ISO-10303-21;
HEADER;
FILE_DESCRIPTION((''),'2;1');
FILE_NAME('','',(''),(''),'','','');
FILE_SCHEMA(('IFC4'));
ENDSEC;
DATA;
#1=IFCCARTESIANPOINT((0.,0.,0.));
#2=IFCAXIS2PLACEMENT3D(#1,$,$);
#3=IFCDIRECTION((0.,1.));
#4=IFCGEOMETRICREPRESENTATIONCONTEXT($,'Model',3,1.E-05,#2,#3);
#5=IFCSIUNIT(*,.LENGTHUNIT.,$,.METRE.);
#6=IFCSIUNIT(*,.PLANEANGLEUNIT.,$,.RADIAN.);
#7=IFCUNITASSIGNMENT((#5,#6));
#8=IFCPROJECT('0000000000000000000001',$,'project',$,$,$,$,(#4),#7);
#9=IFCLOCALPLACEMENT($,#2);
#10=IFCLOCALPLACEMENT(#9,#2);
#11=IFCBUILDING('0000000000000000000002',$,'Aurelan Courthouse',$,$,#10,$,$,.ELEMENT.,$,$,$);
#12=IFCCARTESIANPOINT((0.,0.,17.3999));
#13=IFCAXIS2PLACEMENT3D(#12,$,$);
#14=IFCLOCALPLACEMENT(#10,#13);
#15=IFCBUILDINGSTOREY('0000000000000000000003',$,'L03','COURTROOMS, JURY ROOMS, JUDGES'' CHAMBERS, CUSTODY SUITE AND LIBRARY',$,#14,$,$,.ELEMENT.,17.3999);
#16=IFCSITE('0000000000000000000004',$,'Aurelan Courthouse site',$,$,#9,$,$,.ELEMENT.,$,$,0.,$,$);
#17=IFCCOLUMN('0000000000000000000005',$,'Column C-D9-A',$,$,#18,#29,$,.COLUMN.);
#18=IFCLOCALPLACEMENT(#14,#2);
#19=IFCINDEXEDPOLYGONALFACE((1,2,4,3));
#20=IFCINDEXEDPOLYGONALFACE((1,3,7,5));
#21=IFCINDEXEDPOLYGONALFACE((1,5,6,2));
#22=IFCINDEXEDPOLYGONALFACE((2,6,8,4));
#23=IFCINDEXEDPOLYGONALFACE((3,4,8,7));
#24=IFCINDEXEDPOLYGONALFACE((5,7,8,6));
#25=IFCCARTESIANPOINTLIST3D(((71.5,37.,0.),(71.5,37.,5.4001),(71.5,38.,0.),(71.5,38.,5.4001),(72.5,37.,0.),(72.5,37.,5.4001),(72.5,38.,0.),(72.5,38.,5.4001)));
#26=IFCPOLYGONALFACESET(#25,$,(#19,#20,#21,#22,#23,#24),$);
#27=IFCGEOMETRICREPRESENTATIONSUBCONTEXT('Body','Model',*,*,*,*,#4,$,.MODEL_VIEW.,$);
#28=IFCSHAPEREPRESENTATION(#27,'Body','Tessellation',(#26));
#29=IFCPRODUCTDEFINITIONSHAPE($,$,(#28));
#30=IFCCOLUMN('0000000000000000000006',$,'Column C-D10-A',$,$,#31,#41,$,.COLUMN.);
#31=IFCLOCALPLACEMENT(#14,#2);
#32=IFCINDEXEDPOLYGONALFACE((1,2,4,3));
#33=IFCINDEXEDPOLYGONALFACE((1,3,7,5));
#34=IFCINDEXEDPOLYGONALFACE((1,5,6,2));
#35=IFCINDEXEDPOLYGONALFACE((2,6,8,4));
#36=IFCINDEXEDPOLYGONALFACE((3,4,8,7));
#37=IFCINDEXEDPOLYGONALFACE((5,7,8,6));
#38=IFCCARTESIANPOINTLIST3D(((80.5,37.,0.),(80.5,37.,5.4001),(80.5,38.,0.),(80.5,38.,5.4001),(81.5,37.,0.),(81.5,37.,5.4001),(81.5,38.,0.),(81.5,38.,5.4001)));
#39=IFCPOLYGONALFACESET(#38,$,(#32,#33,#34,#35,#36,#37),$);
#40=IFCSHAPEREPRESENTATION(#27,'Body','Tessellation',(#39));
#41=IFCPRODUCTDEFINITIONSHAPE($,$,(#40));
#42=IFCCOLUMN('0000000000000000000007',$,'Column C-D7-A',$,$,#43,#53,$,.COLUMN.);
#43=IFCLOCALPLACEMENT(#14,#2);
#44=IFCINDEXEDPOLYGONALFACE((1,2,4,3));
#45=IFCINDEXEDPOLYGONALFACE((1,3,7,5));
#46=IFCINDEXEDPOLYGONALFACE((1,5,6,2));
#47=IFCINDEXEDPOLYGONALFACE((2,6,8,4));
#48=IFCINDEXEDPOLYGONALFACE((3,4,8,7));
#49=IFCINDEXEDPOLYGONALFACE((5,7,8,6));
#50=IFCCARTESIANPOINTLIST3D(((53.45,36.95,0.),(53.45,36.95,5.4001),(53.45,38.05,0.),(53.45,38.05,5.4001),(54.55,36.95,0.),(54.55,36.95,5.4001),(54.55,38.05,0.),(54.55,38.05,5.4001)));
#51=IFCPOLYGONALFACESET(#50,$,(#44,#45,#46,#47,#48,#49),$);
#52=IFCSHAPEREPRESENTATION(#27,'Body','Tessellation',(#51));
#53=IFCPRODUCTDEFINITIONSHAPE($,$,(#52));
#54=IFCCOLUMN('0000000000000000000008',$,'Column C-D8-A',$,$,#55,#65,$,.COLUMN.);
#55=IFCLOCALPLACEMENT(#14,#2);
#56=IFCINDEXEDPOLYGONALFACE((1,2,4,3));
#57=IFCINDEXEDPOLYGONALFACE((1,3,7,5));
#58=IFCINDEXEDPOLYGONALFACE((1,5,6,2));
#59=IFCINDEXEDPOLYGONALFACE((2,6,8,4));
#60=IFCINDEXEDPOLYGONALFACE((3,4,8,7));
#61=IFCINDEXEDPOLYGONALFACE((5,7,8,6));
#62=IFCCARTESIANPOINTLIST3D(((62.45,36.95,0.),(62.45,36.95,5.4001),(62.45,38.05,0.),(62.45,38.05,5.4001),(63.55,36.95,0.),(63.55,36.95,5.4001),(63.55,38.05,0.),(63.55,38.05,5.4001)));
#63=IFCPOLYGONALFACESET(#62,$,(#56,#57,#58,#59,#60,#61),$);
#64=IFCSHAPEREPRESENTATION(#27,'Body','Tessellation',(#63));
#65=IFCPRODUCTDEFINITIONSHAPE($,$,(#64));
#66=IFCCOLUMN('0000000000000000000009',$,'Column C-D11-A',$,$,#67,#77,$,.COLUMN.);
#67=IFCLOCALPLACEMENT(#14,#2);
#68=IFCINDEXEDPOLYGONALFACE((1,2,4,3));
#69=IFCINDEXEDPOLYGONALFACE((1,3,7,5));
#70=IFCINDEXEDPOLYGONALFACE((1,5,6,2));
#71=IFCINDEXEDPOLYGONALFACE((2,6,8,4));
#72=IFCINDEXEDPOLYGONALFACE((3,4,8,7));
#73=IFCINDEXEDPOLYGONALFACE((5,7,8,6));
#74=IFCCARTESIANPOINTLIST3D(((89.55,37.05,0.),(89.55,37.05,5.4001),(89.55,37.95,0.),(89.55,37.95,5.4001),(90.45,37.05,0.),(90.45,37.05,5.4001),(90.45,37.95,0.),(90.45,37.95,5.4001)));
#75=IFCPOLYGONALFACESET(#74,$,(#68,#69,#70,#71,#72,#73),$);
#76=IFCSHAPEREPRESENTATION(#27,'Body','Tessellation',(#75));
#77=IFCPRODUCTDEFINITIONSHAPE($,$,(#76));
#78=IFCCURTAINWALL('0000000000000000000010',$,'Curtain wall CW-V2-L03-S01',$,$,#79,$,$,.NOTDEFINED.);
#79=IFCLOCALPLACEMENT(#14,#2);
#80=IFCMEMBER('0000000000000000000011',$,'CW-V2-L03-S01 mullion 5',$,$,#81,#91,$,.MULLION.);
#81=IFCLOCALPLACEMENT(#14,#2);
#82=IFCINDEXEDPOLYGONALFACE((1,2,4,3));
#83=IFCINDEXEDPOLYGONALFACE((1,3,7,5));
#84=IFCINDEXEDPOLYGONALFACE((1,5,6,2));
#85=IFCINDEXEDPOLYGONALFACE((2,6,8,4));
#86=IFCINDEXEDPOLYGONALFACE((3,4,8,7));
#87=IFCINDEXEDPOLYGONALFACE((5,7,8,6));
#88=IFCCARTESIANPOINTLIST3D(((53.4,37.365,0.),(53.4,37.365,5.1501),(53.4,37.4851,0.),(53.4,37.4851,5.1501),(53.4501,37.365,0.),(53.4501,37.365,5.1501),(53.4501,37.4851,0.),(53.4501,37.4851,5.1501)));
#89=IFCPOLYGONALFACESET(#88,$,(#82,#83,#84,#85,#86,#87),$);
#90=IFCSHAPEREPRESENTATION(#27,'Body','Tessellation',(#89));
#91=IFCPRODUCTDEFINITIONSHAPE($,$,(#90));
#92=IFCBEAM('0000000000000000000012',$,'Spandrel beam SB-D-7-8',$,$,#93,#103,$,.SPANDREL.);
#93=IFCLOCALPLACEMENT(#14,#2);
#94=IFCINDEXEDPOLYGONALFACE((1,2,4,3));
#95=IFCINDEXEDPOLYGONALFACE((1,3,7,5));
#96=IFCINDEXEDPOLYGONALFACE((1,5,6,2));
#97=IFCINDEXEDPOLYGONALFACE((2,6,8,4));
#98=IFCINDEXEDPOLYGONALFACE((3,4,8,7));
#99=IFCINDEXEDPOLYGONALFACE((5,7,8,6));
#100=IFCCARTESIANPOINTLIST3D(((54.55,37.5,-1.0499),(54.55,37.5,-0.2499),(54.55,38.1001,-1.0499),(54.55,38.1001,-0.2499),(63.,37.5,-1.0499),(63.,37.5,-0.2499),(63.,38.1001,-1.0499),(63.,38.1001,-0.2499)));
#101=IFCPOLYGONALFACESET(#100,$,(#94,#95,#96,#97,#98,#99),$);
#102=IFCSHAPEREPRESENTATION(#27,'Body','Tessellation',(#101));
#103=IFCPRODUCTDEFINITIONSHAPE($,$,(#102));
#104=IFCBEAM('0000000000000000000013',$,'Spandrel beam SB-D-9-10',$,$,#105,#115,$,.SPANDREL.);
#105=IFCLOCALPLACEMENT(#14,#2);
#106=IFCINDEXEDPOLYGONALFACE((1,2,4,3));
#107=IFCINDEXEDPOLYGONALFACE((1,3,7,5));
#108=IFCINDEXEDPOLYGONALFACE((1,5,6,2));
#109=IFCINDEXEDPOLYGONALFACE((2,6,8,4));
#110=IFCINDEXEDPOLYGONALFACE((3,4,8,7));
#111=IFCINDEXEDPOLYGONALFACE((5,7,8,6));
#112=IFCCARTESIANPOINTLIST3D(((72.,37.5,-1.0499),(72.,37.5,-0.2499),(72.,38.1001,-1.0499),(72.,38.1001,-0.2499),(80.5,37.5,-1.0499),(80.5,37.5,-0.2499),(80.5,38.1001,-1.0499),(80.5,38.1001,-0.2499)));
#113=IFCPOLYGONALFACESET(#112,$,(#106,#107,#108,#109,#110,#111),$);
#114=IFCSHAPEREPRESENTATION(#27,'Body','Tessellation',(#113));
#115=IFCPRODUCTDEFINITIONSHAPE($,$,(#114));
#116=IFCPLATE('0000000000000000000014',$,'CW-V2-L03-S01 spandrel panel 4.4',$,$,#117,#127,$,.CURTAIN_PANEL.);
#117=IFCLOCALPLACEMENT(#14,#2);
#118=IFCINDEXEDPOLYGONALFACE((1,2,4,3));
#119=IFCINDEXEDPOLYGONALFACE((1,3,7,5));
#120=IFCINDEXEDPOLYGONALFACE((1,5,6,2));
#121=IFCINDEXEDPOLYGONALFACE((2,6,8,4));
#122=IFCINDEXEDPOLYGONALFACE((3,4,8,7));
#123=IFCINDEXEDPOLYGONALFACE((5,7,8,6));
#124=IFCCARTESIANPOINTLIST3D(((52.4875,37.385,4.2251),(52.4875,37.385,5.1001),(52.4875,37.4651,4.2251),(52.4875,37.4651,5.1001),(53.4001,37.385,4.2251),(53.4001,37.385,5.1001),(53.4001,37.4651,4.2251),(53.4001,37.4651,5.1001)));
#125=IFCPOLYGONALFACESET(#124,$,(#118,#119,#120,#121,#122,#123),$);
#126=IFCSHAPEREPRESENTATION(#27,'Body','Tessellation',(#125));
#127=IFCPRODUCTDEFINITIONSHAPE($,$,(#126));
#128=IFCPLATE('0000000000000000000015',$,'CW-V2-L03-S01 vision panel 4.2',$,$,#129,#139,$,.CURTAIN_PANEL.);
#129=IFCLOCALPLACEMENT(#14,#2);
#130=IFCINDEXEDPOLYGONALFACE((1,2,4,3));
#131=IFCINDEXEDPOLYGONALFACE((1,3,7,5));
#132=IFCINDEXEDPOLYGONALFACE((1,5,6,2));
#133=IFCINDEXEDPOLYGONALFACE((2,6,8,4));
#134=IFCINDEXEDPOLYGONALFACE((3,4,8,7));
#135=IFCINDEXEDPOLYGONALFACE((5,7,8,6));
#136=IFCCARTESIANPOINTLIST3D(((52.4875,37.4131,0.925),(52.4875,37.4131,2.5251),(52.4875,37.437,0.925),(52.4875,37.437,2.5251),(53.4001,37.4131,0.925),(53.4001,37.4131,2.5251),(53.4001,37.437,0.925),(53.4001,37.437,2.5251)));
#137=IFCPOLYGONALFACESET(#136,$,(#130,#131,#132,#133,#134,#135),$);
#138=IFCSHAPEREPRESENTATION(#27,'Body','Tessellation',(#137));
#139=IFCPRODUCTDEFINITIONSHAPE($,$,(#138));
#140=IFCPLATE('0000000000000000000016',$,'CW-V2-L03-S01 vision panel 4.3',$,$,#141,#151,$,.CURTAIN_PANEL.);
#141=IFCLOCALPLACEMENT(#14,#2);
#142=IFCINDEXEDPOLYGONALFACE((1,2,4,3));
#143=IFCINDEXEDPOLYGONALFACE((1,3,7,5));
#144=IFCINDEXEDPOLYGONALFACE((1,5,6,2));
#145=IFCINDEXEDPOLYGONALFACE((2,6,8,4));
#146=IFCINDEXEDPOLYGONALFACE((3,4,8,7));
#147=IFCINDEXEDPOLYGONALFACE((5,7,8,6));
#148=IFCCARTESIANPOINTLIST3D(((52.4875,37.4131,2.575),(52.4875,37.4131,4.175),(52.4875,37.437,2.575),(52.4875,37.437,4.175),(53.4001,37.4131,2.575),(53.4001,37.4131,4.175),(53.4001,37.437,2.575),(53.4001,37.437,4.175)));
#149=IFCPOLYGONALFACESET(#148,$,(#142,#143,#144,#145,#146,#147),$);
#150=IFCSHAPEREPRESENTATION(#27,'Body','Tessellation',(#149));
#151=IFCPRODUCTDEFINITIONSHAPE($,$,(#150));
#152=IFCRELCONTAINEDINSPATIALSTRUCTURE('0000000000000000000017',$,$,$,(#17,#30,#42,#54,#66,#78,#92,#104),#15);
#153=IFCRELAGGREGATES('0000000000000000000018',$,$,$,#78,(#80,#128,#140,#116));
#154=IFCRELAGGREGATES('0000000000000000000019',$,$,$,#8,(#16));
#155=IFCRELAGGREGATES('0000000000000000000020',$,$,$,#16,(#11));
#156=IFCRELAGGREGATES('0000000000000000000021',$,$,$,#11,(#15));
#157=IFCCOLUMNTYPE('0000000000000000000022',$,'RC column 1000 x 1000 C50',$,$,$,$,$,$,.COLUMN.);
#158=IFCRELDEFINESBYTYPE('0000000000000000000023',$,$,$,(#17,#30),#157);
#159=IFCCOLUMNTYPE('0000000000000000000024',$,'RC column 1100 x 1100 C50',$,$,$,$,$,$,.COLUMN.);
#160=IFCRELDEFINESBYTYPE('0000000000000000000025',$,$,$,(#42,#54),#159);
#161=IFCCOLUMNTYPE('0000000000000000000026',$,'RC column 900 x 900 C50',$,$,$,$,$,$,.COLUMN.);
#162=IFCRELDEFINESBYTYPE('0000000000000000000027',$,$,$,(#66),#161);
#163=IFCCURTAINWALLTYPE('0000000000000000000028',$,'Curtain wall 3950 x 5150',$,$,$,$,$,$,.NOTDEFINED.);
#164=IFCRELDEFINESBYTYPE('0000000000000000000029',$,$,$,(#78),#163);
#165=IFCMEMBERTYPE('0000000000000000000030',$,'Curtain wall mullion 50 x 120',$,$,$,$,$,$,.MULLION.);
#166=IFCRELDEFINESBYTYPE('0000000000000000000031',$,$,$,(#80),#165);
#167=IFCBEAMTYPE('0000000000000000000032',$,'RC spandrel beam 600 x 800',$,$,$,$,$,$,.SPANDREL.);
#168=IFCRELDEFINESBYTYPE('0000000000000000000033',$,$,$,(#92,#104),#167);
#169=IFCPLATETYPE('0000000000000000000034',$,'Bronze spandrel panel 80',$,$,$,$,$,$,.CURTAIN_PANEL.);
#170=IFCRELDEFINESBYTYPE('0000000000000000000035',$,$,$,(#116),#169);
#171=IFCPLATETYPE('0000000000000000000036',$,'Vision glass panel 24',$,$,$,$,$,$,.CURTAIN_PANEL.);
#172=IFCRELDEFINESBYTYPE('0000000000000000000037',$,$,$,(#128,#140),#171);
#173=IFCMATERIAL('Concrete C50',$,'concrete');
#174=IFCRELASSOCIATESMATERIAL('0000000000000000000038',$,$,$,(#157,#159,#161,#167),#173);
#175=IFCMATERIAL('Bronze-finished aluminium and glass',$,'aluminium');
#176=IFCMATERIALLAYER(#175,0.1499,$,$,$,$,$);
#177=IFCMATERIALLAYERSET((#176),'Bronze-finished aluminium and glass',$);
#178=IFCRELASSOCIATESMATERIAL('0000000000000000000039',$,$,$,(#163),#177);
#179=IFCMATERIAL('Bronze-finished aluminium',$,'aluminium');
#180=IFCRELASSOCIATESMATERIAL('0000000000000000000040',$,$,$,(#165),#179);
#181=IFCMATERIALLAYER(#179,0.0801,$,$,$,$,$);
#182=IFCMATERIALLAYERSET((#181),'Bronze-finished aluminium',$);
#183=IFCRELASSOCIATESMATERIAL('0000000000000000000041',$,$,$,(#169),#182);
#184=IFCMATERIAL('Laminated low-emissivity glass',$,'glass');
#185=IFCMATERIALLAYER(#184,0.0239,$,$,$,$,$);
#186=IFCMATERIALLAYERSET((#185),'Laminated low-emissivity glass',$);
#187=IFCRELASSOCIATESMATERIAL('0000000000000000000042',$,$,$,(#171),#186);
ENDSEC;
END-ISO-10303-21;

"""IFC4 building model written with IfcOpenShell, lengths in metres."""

from ifc_helpers import new_model, si_unit, direction, frame, origin, origin_2d, place, context, subcontext, project, spatial, rectangle, extrude, material, layer, layer_set, material_profile, profile_set, type_object, element, aggregate, save


model = new_model("IFC4")

# Units and contexts
model_context = context("Model", 3, precision=1e-05, world=origin(), true_north=direction((0.0, 1.0)))
body_context = subcontext(model_context, "Body", "Model", "MODEL_VIEW")
ifc_project = project(units=[si_unit("LENGTHUNIT", "METRE"), si_unit("PLANEANGLEUNIT", "RADIAN")], contexts=[model_context])

# Site, building, storey
site_placement = place(None, origin())
site = spatial("IfcSite", under=ifc_project, at=site_placement, Name="Aurelan Courthouse site", CompositionType="ELEMENT", RefElevation=0.0)
building_placement = place(site_placement, origin())
building = spatial("IfcBuilding", under=site, at=building_placement, Name="Aurelan Courthouse", CompositionType="ELEMENT")
storey_placement = place(building_placement, frame((0.0, 0.0, 17.3999)))
storey = spatial("IfcBuildingStorey", under=building, at=storey_placement, Name="L03", Description="COURTROOMS, JURY ROOMS, JUDGES' CHAMBERS, CUSTODY SUITE AND LIBRARY", CompositionType="ELEMENT", Elevation=17.3999)

# Columns
ifc_material_1 = material(Name="Concrete C50", Category="concrete")
ifc_material_profile_1 = material_profile(ifc_material_1, rectangle(XDim=1.0, YDim=1.0, at=origin_2d()), Name="RC 1000 x 1000")
ifc_profile_set_1 = profile_set([ifc_material_profile_1], Name="Concrete C50")
column_type_1 = type_object("IfcColumnType", Name="RC column 1000 x 1000 C50", PredefinedType="COLUMN", material=ifc_profile_set_1)
for number, where, z_axis, x_axis, name in (
    (1, (72.0, 37.5, 0.0), (0.0, 0.0, 1.0), (1.0, 0.0, 0.0), "Column C-D9-A"),
    (2, (81.0, 37.5, 0.0), (0.0, 0.0, 1.0), (1.0, 0.0, 0.0), "Column C-D10-A"),
):
    element("IfcColumn", number, at=place(storey_placement, frame(where, z_axis=z_axis, x_axis=x_axis)), inside=storey, type_object=column_type_1, Name=name, PredefinedType="COLUMN", context=body_context, shape_type="SweptSolid", body=[
        extrude(rectangle(XDim=1.0, YDim=1.0, at=origin_2d()), origin(), (0.0, 0.0, 1.0), 5.4001),
    ])
ifc_material_profile_2 = material_profile(ifc_material_1, rectangle(XDim=1.1001, YDim=1.1001, at=origin_2d()), Name="RC 1100 x 1100")
ifc_profile_set_2 = profile_set([ifc_material_profile_2], Name="Concrete C50")
column_type_2 = type_object("IfcColumnType", Name="RC column 1100 x 1100 C50", PredefinedType="COLUMN", material=ifc_profile_set_2)
for number, where, z_axis, x_axis, name in (
    (3, (54.0, 37.5, 0.0), (0.0, 0.0, 1.0), (1.0, 0.0, 0.0), "Column C-D7-A"),
    (4, (63.0, 37.5, 0.0), (0.0, 0.0, 1.0), (1.0, 0.0, 0.0), "Column C-D8-A"),
):
    element("IfcColumn", number, at=place(storey_placement, frame(where, z_axis=z_axis, x_axis=x_axis)), inside=storey, type_object=column_type_2, Name=name, PredefinedType="COLUMN", context=body_context, shape_type="SweptSolid", body=[
        extrude(rectangle(XDim=1.1001, YDim=1.1001, at=origin_2d()), origin(), (0.0, 0.0, 1.0), 5.4001),
    ])
ifc_material_profile_3 = material_profile(ifc_material_1, rectangle(XDim=0.8999, YDim=0.8999, at=origin_2d()), Name="RC 900 x 900")
ifc_profile_set_3 = profile_set([ifc_material_profile_3], Name="Concrete C50")
column_type_3 = type_object("IfcColumnType", Name="RC column 900 x 900 C50", PredefinedType="COLUMN", material=ifc_profile_set_3)
column_placement = place(storey_placement, frame((90.0, 37.5, 0.0), z_axis=(0.0, 0.0, 1.0), x_axis=(1.0, 0.0, 0.0)))
element("IfcColumn", 5, at=column_placement, inside=storey, type_object=column_type_3, Name="Column C-D11-A", PredefinedType="COLUMN", context=body_context, shape_type="SweptSolid", body=[
    extrude(rectangle(XDim=0.8999, YDim=0.8999, at=origin_2d()), origin(), (0.0, 0.0, 1.0), 5.4001),
])

# Curtain wall, member
ifc_material_2 = material(Name="Bronze-finished aluminium and glass", Category="aluminium")
ifc_layer_1 = layer(ifc_material_2, 0.1499)
ifc_layer_set_1 = layer_set([ifc_layer_1], Name="Bronze-finished aluminium and glass")
curtain_wall_type = type_object("IfcCurtainWallType", Name="Curtain wall 3950 x 5150", PredefinedType="NOTDEFINED", material=ifc_layer_set_1)
curtain_wall_placement = place(storey_placement, origin())
curtain_wall = element("IfcCurtainWall", 6, at=curtain_wall_placement, inside=storey, type_object=curtain_wall_type, Name="Curtain wall CW-V2-L03-S01", PredefinedType="NOTDEFINED")
ifc_material_3 = material(Name="Bronze-finished aluminium", Category="aluminium")
ifc_material_profile_4 = material_profile(ifc_material_3, rectangle(XDim=0.1201, YDim=0.05, at=origin_2d()), Name="Bronze mullion 50 x 120")
ifc_profile_set_4 = profile_set([ifc_material_profile_4], Name="Bronze-finished aluminium")
member_type = type_object("IfcMemberType", Name="Curtain wall mullion 50 x 120", PredefinedType="MULLION", material=ifc_profile_set_4)
member_placement = place(storey_placement, frame((53.425, 37.425, 0.0), z_axis=(0.0, 0.0, 1.0), x_axis=(0.0, 1.0, 0.0)))
member = element("IfcMember", 7, at=member_placement, type_object=member_type, Name="CW-V2-L03-S01 mullion 5", PredefinedType="MULLION", context=body_context, shape_type="SweptSolid", body=[
    extrude(rectangle(XDim=0.1201, YDim=0.05, at=origin_2d()), origin(), (0.0, 0.0, 1.0), 5.1501),
])

# Beams
ifc_material_profile_5 = material_profile(ifc_material_1, rectangle(XDim=0.6001, YDim=0.8, at=origin_2d()), Name="RC 600 x 800")
ifc_profile_set_5 = profile_set([ifc_material_profile_5], Name="Concrete C50")
beam_type = type_object("IfcBeamType", Name="RC spandrel beam 600 x 800", PredefinedType="SPANDREL", material=ifc_profile_set_5)
beam_1_placement = place(storey_placement, frame((54.55, 37.8, -0.6499), z_axis=(1.0, 0.0, 0.0), x_axis=(0.0, 1.0, 0.0)))
element("IfcBeam", 8, at=beam_1_placement, inside=storey, type_object=beam_type, Name="Spandrel beam SB-D-7-8", PredefinedType="SPANDREL", context=body_context, shape_type="SweptSolid", body=[
    extrude(rectangle(XDim=0.6001, YDim=0.8, at=origin_2d()), origin(), (0.0, 0.0, 1.0), 8.45),
])
beam_2_placement = place(storey_placement, frame((72.0, 37.8, -0.6499), z_axis=(1.0, 0.0, 0.0), x_axis=(0.0, 1.0, 0.0)))
element("IfcBeam", 9, at=beam_2_placement, inside=storey, type_object=beam_type, Name="Spandrel beam SB-D-9-10", PredefinedType="SPANDREL", context=body_context, shape_type="SweptSolid", body=[
    extrude(rectangle(XDim=0.6001, YDim=0.8, at=origin_2d()), origin(), (0.0, 0.0, 1.0), 8.5),
])

# Plates
ifc_layer_2 = layer(ifc_material_3, 0.0801)
ifc_layer_set_2 = layer_set([ifc_layer_2], Name="Bronze-finished aluminium")
plate_type_1 = type_object("IfcPlateType", Name="Bronze spandrel panel 80", PredefinedType="CURTAIN_PANEL", material=ifc_layer_set_2)
plate_1_placement = place(storey_placement, frame((52.9438, 37.425, 4.2251), z_axis=(0.0, 0.0, 1.0), x_axis=(1.0, 0.0, 0.0)))
plate_1 = element("IfcPlate", 10, at=plate_1_placement, type_object=plate_type_1, Name="CW-V2-L03-S01 spandrel panel 4.4", PredefinedType="CURTAIN_PANEL", context=body_context, shape_type="SweptSolid", body=[
    extrude(rectangle(XDim=0.9126, YDim=0.0801, at=origin_2d()), origin(), (0.0, 0.0, 1.0), 0.875),
])
ifc_material_4 = material(Name="Laminated low-emissivity glass", Category="glass")
ifc_layer_3 = layer(ifc_material_4, 0.0239)
ifc_layer_set_3 = layer_set([ifc_layer_3], Name="Laminated low-emissivity glass")
plate_type_2 = type_object("IfcPlateType", Name="Vision glass panel 24", PredefinedType="CURTAIN_PANEL", material=ifc_layer_set_3)
plate_2_placement = place(storey_placement, frame((52.9438, 37.425, 0.925), z_axis=(0.0, 0.0, 1.0), x_axis=(1.0, 0.0, 0.0)))
plate_2 = element("IfcPlate", 11, at=plate_2_placement, type_object=plate_type_2, Name="CW-V2-L03-S01 vision panel 4.2", PredefinedType="CURTAIN_PANEL", context=body_context, shape_type="SweptSolid", body=[
    extrude(rectangle(XDim=0.9126, YDim=0.0239, at=origin_2d()), origin(), (0.0, 0.0, 1.0), 1.6001),
])
plate_3_placement = place(storey_placement, frame((52.9438, 37.425, 2.575), z_axis=(0.0, 0.0, 1.0), x_axis=(1.0, 0.0, 0.0)))
plate_3 = element("IfcPlate", 12, at=plate_3_placement, type_object=plate_type_2, Name="CW-V2-L03-S01 vision panel 4.3", PredefinedType="CURTAIN_PANEL", context=body_context, shape_type="SweptSolid", body=[
    extrude(rectangle(XDim=0.9126, YDim=0.0239, at=origin_2d()), origin(), (0.0, 0.0, 1.0), 1.6001),
])
aggregate(curtain_wall, [member, plate_2, plate_3, plate_1])

save(model, "model.ifc")
